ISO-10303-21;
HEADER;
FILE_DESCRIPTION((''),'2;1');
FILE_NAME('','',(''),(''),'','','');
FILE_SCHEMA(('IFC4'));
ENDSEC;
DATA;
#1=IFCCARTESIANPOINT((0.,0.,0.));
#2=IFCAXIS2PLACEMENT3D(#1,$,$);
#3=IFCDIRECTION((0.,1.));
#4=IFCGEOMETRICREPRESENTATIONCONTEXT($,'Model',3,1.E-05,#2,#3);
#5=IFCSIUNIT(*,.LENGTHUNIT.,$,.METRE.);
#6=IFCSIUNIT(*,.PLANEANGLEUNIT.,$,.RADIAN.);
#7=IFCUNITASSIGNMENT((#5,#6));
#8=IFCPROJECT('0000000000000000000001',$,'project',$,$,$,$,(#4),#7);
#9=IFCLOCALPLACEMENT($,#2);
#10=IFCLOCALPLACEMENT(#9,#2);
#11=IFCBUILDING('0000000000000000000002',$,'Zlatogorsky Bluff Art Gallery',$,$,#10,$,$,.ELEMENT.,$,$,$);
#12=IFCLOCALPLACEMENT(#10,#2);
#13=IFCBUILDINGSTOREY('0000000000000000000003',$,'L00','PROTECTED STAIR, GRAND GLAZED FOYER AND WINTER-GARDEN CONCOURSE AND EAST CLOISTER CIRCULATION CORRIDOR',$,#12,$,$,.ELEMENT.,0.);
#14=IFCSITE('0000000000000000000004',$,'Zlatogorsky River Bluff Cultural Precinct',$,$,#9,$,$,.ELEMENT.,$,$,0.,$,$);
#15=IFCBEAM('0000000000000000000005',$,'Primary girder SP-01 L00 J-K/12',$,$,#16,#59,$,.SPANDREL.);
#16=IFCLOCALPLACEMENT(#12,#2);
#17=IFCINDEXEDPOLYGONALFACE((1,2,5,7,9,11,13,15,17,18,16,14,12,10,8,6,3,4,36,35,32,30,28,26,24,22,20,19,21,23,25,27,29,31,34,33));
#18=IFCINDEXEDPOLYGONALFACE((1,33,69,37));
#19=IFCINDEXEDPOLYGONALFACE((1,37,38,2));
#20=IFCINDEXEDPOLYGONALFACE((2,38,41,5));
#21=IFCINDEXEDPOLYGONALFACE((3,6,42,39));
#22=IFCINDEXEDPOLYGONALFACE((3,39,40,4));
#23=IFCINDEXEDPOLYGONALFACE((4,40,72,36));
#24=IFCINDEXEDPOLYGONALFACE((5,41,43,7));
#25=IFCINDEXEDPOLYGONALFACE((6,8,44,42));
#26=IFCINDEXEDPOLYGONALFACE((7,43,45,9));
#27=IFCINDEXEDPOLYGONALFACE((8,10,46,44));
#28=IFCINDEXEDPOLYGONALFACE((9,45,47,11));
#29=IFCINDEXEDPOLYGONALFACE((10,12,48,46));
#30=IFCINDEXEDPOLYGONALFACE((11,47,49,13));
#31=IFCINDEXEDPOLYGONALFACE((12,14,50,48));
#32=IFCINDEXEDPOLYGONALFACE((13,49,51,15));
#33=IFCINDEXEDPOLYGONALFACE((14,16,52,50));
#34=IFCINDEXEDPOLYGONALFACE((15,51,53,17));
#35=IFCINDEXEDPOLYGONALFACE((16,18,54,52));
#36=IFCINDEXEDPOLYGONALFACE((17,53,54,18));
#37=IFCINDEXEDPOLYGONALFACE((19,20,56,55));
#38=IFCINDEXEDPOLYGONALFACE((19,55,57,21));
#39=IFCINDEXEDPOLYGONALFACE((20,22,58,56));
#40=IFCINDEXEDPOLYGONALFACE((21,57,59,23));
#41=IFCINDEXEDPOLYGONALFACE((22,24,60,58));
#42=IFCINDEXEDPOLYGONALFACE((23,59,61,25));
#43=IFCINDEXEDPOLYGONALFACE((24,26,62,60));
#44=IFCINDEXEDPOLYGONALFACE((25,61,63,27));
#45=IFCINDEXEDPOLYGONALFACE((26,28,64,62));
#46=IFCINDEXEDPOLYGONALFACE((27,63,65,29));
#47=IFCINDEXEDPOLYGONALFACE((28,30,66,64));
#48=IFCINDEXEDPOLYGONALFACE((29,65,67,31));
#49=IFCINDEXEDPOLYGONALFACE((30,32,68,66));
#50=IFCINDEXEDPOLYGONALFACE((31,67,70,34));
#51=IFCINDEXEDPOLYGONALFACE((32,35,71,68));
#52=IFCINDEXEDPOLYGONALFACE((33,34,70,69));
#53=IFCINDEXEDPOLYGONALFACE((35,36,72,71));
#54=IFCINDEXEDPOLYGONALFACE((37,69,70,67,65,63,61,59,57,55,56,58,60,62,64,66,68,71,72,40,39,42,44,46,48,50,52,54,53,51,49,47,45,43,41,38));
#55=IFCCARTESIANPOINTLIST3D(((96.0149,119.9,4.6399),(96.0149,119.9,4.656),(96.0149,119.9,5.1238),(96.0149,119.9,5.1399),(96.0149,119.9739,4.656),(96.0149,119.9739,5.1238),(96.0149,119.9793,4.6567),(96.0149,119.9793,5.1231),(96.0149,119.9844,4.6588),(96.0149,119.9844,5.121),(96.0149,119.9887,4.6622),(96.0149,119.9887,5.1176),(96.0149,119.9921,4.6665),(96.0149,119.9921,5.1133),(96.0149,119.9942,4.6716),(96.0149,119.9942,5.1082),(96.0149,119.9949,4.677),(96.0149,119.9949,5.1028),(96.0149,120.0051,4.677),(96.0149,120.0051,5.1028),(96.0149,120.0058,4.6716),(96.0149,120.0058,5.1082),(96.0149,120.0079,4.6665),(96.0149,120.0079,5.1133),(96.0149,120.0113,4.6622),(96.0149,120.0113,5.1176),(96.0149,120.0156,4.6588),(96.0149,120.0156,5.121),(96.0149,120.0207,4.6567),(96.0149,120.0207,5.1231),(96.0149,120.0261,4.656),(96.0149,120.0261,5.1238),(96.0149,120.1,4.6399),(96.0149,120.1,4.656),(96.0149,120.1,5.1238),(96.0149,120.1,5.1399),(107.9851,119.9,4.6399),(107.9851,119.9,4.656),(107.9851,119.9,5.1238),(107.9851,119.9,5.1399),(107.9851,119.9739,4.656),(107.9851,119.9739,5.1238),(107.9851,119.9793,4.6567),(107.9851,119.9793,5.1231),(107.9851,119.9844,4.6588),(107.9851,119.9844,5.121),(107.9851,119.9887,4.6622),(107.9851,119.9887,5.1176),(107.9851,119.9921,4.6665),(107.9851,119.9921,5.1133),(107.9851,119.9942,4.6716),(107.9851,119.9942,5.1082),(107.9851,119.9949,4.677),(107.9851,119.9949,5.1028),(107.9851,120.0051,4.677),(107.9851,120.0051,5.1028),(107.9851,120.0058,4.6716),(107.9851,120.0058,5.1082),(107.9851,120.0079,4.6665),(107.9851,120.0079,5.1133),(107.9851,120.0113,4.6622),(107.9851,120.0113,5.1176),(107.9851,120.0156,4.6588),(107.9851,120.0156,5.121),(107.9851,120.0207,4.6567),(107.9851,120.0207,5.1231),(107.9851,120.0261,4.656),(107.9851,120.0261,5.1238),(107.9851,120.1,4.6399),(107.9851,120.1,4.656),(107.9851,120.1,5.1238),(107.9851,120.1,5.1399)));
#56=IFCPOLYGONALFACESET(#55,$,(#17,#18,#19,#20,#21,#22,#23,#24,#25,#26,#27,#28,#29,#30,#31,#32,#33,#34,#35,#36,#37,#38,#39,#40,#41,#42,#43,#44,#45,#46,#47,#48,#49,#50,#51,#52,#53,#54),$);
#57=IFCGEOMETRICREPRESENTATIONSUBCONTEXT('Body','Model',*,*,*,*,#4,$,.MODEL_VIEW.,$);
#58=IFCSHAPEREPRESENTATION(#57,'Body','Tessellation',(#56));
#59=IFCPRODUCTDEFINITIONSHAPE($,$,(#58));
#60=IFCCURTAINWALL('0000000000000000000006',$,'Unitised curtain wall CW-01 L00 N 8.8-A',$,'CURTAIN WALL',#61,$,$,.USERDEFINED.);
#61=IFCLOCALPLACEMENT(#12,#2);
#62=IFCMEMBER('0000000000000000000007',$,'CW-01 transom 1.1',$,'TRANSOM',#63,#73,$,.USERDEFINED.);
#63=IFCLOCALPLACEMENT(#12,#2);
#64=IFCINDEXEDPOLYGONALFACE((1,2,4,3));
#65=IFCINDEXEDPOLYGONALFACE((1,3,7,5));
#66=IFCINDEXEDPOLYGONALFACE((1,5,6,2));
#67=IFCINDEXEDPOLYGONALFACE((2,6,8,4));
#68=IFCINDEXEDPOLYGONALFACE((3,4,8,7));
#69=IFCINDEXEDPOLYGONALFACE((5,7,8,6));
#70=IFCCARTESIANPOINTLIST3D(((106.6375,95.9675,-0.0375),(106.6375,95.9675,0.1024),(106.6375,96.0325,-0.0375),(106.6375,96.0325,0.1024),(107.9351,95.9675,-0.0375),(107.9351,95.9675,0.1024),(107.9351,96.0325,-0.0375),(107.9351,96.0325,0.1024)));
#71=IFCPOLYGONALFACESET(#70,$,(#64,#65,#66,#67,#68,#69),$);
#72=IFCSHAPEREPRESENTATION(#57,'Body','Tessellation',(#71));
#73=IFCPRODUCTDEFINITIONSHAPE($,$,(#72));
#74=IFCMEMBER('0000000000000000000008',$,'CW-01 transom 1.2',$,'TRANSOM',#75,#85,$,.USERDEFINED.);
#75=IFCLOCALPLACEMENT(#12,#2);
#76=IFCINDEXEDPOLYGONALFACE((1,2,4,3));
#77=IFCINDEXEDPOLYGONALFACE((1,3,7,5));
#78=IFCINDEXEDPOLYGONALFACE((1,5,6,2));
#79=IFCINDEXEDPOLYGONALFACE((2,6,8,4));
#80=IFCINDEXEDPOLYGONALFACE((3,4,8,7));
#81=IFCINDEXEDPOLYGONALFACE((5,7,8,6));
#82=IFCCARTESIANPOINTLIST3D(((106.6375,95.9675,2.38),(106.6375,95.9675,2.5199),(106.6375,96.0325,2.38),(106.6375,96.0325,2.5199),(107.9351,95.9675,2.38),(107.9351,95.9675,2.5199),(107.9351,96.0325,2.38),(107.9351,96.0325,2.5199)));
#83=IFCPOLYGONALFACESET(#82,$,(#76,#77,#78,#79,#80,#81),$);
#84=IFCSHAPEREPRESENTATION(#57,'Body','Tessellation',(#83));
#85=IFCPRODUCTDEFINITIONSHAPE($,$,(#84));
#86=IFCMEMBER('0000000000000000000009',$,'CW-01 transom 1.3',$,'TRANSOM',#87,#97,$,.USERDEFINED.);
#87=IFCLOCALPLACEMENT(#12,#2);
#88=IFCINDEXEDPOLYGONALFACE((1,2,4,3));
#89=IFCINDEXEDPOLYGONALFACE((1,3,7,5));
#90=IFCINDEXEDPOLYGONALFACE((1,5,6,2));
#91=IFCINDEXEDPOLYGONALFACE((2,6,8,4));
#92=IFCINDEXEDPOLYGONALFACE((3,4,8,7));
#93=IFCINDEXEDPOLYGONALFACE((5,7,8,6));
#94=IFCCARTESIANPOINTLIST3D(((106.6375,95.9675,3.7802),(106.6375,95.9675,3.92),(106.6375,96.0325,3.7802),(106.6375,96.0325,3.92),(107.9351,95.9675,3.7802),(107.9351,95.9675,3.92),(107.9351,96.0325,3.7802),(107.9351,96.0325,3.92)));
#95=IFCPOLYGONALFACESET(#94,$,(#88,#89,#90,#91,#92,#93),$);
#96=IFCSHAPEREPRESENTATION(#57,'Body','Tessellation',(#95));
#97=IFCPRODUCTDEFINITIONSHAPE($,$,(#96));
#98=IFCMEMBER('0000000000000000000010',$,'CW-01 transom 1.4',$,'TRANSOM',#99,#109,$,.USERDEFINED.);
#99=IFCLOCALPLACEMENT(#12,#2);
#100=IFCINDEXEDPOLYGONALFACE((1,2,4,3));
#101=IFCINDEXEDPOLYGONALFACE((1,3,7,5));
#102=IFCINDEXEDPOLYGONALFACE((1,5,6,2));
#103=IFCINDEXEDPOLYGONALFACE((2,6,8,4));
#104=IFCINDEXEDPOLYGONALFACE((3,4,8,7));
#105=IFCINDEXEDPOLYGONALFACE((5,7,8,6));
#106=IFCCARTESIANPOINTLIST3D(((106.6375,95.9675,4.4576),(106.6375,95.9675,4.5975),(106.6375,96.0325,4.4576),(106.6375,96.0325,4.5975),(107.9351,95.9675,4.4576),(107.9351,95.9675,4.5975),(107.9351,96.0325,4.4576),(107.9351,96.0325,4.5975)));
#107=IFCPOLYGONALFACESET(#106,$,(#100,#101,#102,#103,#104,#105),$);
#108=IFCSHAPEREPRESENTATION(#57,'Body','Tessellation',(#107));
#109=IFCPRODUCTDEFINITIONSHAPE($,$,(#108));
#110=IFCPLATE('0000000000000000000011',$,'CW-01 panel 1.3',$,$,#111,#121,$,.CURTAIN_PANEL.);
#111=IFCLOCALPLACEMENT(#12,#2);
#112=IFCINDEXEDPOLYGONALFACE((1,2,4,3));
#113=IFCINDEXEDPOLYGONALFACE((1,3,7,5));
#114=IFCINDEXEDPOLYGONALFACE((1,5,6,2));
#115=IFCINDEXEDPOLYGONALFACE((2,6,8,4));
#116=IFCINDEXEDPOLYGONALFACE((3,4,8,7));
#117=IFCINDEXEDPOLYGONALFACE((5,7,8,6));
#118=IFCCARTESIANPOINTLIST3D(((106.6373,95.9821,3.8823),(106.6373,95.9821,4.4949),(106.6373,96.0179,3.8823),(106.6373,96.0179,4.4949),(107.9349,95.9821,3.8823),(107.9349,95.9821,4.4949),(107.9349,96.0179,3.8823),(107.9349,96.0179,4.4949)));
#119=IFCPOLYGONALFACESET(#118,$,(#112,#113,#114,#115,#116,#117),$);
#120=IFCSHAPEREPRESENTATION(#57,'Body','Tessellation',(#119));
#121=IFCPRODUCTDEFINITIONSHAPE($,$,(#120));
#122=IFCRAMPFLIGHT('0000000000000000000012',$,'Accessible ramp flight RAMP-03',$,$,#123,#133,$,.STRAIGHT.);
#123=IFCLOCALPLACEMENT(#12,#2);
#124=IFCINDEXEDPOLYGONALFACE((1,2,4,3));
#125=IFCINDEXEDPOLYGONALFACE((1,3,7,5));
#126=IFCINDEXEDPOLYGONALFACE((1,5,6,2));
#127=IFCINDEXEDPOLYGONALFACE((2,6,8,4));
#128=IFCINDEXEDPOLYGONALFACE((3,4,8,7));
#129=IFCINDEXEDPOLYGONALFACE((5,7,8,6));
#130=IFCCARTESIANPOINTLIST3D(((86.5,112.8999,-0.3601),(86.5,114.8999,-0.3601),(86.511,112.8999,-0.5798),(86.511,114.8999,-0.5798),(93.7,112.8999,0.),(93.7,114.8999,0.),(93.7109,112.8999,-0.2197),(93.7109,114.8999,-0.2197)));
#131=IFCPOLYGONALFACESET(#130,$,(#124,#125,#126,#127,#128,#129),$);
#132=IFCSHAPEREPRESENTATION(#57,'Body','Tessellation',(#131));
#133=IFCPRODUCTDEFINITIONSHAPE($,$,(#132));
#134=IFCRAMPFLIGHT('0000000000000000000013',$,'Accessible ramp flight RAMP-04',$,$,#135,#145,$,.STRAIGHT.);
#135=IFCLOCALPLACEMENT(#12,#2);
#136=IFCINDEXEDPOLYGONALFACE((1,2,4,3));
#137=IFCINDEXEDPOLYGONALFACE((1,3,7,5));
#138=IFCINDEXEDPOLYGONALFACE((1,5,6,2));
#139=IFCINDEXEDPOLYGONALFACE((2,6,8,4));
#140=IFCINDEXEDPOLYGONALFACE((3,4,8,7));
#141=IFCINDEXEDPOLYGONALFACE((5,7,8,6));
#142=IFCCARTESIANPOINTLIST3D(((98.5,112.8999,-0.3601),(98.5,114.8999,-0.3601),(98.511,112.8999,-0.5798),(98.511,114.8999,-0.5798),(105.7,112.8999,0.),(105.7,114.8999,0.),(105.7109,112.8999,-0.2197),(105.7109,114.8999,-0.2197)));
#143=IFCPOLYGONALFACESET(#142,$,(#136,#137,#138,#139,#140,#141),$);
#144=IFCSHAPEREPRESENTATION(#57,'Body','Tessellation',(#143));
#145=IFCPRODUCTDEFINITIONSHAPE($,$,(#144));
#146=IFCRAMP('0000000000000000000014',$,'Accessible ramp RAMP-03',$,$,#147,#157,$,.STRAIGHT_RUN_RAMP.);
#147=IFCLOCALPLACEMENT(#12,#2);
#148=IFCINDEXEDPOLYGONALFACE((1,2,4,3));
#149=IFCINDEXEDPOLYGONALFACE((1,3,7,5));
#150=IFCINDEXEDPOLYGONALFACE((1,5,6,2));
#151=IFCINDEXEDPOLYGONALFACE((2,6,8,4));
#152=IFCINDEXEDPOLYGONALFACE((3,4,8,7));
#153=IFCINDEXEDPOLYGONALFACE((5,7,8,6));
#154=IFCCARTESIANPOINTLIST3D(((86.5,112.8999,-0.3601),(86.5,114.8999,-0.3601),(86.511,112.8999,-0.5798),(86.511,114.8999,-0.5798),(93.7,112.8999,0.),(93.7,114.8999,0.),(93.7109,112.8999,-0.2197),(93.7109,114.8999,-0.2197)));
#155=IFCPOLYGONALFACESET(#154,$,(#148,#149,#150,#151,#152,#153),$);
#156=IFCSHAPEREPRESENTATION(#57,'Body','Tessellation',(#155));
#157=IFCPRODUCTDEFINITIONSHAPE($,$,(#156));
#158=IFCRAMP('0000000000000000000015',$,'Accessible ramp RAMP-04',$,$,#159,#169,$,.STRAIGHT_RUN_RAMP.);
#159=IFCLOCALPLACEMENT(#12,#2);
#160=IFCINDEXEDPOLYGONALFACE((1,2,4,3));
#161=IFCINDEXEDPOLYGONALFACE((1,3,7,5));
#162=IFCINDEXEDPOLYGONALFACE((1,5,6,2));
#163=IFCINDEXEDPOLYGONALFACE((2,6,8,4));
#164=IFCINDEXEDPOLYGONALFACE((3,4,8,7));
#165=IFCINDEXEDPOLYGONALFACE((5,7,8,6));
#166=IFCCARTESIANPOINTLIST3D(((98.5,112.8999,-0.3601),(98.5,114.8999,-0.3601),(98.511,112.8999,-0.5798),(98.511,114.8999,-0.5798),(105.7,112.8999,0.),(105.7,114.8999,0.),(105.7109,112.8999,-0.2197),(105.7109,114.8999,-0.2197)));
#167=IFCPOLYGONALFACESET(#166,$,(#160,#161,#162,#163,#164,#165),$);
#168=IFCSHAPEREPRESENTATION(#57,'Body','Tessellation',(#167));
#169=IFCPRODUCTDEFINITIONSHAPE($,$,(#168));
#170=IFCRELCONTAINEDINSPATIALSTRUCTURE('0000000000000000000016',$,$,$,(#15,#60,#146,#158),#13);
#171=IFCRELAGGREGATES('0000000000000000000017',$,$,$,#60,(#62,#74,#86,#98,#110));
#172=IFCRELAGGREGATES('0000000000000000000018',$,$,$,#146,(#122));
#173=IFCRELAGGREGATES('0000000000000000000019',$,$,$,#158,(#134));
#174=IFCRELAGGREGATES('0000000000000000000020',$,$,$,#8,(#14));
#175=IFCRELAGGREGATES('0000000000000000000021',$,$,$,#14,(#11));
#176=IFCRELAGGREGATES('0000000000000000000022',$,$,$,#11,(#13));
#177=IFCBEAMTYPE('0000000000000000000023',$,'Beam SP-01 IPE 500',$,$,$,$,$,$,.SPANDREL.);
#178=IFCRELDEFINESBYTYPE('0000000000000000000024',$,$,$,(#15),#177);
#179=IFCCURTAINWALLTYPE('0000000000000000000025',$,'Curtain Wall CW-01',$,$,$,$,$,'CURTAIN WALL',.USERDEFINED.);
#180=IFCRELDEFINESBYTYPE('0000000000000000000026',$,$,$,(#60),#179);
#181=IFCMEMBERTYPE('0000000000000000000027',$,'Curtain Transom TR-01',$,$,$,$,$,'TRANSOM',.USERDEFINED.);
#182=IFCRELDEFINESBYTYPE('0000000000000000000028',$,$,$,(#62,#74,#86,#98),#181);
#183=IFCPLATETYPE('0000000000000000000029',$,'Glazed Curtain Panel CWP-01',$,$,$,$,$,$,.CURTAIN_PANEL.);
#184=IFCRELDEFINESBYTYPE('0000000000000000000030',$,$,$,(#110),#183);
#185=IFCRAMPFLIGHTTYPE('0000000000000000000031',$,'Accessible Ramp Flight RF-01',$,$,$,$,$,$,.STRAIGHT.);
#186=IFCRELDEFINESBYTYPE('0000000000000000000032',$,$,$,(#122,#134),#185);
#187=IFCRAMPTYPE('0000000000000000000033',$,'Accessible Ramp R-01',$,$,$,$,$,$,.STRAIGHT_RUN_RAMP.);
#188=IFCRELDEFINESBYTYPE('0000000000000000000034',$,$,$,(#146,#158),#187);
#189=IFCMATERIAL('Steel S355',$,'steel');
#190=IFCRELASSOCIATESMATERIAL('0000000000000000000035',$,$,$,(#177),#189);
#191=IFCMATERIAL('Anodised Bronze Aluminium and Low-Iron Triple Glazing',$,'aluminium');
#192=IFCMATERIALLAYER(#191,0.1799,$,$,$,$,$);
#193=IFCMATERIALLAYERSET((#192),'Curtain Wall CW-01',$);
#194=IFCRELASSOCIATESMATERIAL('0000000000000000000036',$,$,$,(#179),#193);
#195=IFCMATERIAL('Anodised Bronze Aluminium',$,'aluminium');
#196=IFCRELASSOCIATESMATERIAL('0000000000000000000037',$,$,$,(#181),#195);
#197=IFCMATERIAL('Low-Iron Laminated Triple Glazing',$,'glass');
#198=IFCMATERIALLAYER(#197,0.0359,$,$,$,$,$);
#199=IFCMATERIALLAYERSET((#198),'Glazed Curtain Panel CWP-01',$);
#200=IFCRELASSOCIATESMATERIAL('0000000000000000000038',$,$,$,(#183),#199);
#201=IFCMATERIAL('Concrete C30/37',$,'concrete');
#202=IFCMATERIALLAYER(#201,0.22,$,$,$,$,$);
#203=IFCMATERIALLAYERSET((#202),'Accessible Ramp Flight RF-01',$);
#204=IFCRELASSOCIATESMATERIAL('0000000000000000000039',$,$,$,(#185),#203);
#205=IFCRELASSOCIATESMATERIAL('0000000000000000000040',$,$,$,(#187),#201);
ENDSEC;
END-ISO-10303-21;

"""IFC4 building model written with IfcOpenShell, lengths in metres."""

from ifc_helpers import new_model, si_unit, direction, frame, origin, origin_2d, place, context, subcontext, project, spatial, polyline, rectangle, i_section, outline, extrude, material, layer, layer_set, material_profile, profile_set, type_object, element, aggregate, save


model = new_model("IFC4")

# Units and contexts
model_context = context("Model", 3, precision=1e-05, world=origin(), true_north=direction((0.0, 1.0)))
body_context = subcontext(model_context, "Body", "Model", "MODEL_VIEW")
ifc_project = project(units=[si_unit("LENGTHUNIT", "METRE"), si_unit("PLANEANGLEUNIT", "RADIAN")], contexts=[model_context])

# Site, building, storey
site_placement = place(None, origin())
site = spatial("IfcSite", under=ifc_project, at=site_placement, Name="Zlatogorsky River Bluff Cultural Precinct", CompositionType="ELEMENT", RefElevation=0.0)
building_placement = place(site_placement, origin())
building = spatial("IfcBuilding", under=site, at=building_placement, Name="Zlatogorsky Bluff Art Gallery", CompositionType="ELEMENT")
storey_placement = place(building_placement, origin())
storey = spatial("IfcBuildingStorey", under=building, at=storey_placement, Name="L00", Description="PROTECTED STAIR, GRAND GLAZED FOYER AND WINTER-GARDEN CONCOURSE AND EAST CLOISTER CIRCULATION CORRIDOR", CompositionType="ELEMENT", Elevation=0.0)

# Shared definitions
ifc_material_1 = material(Name="Steel S355", Category="steel")

# Beam
ifc_material_profile_1 = material_profile(ifc_material_1, i_section(OverallWidth=0.2, OverallDepth=0.5, WebThickness=0.0103, FlangeThickness=0.0161, FilletRadius=0.021, at=origin_2d()), Name="IPE 500")
ifc_profile_set_1 = profile_set([ifc_material_profile_1], Name="Steel S355")
beam_type_1 = type_object("IfcBeamType", Name="Beam SP-01 IPE 500", PredefinedType="SPANDREL", material=ifc_profile_set_1)
for number, where, z_axis, x_axis, name in (
    (1, (96.0149, 120.0, 4.8899), (1.0, 0.0, 0.0), (0.0, 1.0, 0.0), "Primary girder SP-01 L00 J-K/12"),
):
    element("IfcBeam", number, at=place(storey_placement, frame(where, z_axis=z_axis, x_axis=x_axis)), inside=storey, type_object=beam_type_1, Name=name, PredefinedType="SPANDREL", context=body_context, shape_type="SweptSolid", body=[
        extrude(i_section(OverallWidth=0.2, OverallDepth=0.5, WebThickness=0.0103, FlangeThickness=0.0161, FilletRadius=0.021, at=origin_2d()), origin(), (0.0, 0.0, 1.0), 11.9702),
    ])

# Curtain wall, members, plate
ifc_material_2 = material(Name="Anodised Bronze Aluminium and Low-Iron Triple Glazing", Category="aluminium")
ifc_layer_1 = layer(ifc_material_2, 0.1799)
ifc_layer_set_1 = layer_set([ifc_layer_1], Name="Curtain Wall CW-01")
curtain_wall_type = type_object("IfcCurtainWallType", Name="Curtain Wall CW-01", ElementType="CURTAIN WALL", PredefinedType="USERDEFINED", material=ifc_layer_set_1)
curtain_wall_placement = place(storey_placement, origin())
curtain_wall = element("IfcCurtainWall", 2, at=curtain_wall_placement, inside=storey, type_object=curtain_wall_type, Name="Unitised curtain wall CW-01 L00 N 8.8-A", ObjectType="CURTAIN WALL", PredefinedType="USERDEFINED")
ifc_material_3 = material(Name="Anodised Bronze Aluminium", Category="aluminium")
ifc_material_profile_2 = material_profile(ifc_material_3, rectangle(XDim=0.0649, YDim=0.1399, at=origin_2d()), Name="ALU TRANSOM 65x140")
ifc_profile_set_2 = profile_set([ifc_material_profile_2], Name="Anodised Bronze Aluminium")
member_type = type_object("IfcMemberType", Name="Curtain Transom TR-01", ElementType="TRANSOM", PredefinedType="USERDEFINED", material=ifc_profile_set_2)
member_1_placement = place(storey_placement, frame((107.9351, 96.0, 0.0325), z_axis=(-1.0, 0.0, 0.0), x_axis=(0.0, -1.0, 0.0)))
member_1 = element("IfcMember", 3, at=member_1_placement, type_object=member_type, Name="CW-01 transom 1.1", ObjectType="TRANSOM", PredefinedType="USERDEFINED", context=body_context, shape_type="SweptSolid", body=[
    extrude(rectangle(XDim=0.0649, YDim=0.1399, at=origin_2d()), origin(), (0.0, 0.0, 1.0), 1.2976),
])
member_2_placement = place(storey_placement, frame((107.9351, 96.0, 2.45), z_axis=(-1.0, 0.0, 0.0), x_axis=(0.0, -1.0, 0.0)))
member_2 = element("IfcMember", 4, at=member_2_placement, type_object=member_type, Name="CW-01 transom 1.2", ObjectType="TRANSOM", PredefinedType="USERDEFINED", context=body_context, shape_type="SweptSolid", body=[
    extrude(rectangle(XDim=0.0649, YDim=0.1399, at=origin_2d()), origin(), (0.0, 0.0, 1.0), 1.2976),
])
member_3_placement = place(storey_placement, frame((107.9351, 96.0, 3.8501), z_axis=(-1.0, 0.0, 0.0), x_axis=(0.0, -1.0, 0.0)))
member_3 = element("IfcMember", 5, at=member_3_placement, type_object=member_type, Name="CW-01 transom 1.3", ObjectType="TRANSOM", PredefinedType="USERDEFINED", context=body_context, shape_type="SweptSolid", body=[
    extrude(rectangle(XDim=0.0649, YDim=0.1399, at=origin_2d()), origin(), (0.0, 0.0, 1.0), 1.2976),
])
member_4_placement = place(storey_placement, frame((107.9351, 96.0, 4.5276), z_axis=(-1.0, 0.0, 0.0), x_axis=(0.0, -1.0, 0.0)))
member_4 = element("IfcMember", 6, at=member_4_placement, type_object=member_type, Name="CW-01 transom 1.4", ObjectType="TRANSOM", PredefinedType="USERDEFINED", context=body_context, shape_type="SweptSolid", body=[
    extrude(rectangle(XDim=0.0649, YDim=0.1399, at=origin_2d()), origin(), (0.0, 0.0, 1.0), 1.2976),
])
ifc_material_4 = material(Name="Low-Iron Laminated Triple Glazing", Category="glass")
ifc_layer_2 = layer(ifc_material_4, 0.0359)
ifc_layer_set_2 = layer_set([ifc_layer_2], Name="Glazed Curtain Panel CWP-01")
plate_type = type_object("IfcPlateType", Name="Glazed Curtain Panel CWP-01", PredefinedType="CURTAIN_PANEL", material=ifc_layer_set_2)
plate_placement = place(storey_placement, frame((107.2861, 96.0, 3.8823), z_axis=(0.0, 0.0, 1.0), x_axis=(-1.0, 0.0, 0.0)))
plate = element("IfcPlate", 7, at=plate_placement, type_object=plate_type, Name="CW-01 panel 1.3", PredefinedType="CURTAIN_PANEL", context=body_context, shape_type="SweptSolid", body=[
    extrude(rectangle(XDim=1.2976, YDim=0.0359, at=origin_2d()), origin(), (0.0, 0.0, 1.0), 0.6125),
])
aggregate(curtain_wall, [member_1, member_2, member_3, member_4, plate])

# Ramp flights
ifc_material_5 = material(Name="Concrete C30/37", Category="concrete")
ifc_layer_3 = layer(ifc_material_5, 0.22)
ifc_layer_set_3 = layer_set([ifc_layer_3], Name="Accessible Ramp Flight RF-01")
ramp_flight_type = type_object("IfcRampFlightType", Name="Accessible Ramp Flight RF-01", PredefinedType="STRAIGHT", material=ifc_layer_set_3)
ramp_flight_1_placement = place(storey_placement, frame((86.5, 112.8999, -0.3601), z_axis=(-0.049953, 0.0, 0.998752), x_axis=(0.998752, 0.0, 0.049953)))
ramp_flight_1 = element("IfcRampFlight", 8, at=ramp_flight_1_placement, type_object=ramp_flight_type, Name="Accessible ramp flight RAMP-03", PredefinedType="STRAIGHT", context=body_context, shape_type="SweptSolid", body=[
    extrude(outline(polyline([(0.0, 0.0), (7.209, 0.0), (7.209, 2.0), (0.0, 2.0), (0.0, 0.0)])), origin(), (0.0, 0.0, -1.0), 0.22),
])
ramp_flight_2_placement = place(storey_placement, frame((98.5, 112.8999, -0.3601), z_axis=(-0.049953, 0.0, 0.998752), x_axis=(0.998752, 0.0, 0.049953)))
ramp_flight_2 = element("IfcRampFlight", 9, at=ramp_flight_2_placement, type_object=ramp_flight_type, Name="Accessible ramp flight RAMP-04", PredefinedType="STRAIGHT", context=body_context, shape_type="SweptSolid", body=[
    extrude(outline(polyline([(0.0, 0.0), (7.209, 0.0), (7.209, 2.0), (0.0, 2.0), (0.0, 0.0)])), origin(), (0.0, 0.0, -1.0), 0.22),
])

# Ramps
ramp_type = type_object("IfcRampType", Name="Accessible Ramp R-01", PredefinedType="STRAIGHT_RUN_RAMP", material=ifc_material_5)
ramp_1_placement = place(storey_placement, frame((86.5, 112.8999, -0.3601), z_axis=(-0.049953, 0.0, 0.998752), x_axis=(0.998752, 0.0, 0.049953)))
ramp_1 = element("IfcRamp", 10, at=ramp_1_placement, inside=storey, type_object=ramp_type, Name="Accessible ramp RAMP-03", PredefinedType="STRAIGHT_RUN_RAMP", context=body_context, shape_type="SweptSolid", body=[
    extrude(outline(polyline([(0.0, 0.0), (7.209, 0.0), (7.209, 2.0), (0.0, 2.0), (0.0, 0.0)])), origin(), (0.0, 0.0, -1.0), 0.22),
])
aggregate(ramp_1, [ramp_flight_1])
ramp_2_placement = place(storey_placement, frame((98.5, 112.8999, -0.3601), z_axis=(-0.049953, 0.0, 0.998752), x_axis=(0.998752, 0.0, 0.049953)))
ramp_2 = element("IfcRamp", 11, at=ramp_2_placement, inside=storey, type_object=ramp_type, Name="Accessible ramp RAMP-04", PredefinedType="STRAIGHT_RUN_RAMP", context=body_context, shape_type="SweptSolid", body=[
    extrude(outline(polyline([(0.0, 0.0), (7.209, 0.0), (7.209, 2.0), (0.0, 2.0), (0.0, 0.0)])), origin(), (0.0, 0.0, -1.0), 0.22),
])
aggregate(ramp_2, [ramp_flight_2])

save(model, "model.ifc")
